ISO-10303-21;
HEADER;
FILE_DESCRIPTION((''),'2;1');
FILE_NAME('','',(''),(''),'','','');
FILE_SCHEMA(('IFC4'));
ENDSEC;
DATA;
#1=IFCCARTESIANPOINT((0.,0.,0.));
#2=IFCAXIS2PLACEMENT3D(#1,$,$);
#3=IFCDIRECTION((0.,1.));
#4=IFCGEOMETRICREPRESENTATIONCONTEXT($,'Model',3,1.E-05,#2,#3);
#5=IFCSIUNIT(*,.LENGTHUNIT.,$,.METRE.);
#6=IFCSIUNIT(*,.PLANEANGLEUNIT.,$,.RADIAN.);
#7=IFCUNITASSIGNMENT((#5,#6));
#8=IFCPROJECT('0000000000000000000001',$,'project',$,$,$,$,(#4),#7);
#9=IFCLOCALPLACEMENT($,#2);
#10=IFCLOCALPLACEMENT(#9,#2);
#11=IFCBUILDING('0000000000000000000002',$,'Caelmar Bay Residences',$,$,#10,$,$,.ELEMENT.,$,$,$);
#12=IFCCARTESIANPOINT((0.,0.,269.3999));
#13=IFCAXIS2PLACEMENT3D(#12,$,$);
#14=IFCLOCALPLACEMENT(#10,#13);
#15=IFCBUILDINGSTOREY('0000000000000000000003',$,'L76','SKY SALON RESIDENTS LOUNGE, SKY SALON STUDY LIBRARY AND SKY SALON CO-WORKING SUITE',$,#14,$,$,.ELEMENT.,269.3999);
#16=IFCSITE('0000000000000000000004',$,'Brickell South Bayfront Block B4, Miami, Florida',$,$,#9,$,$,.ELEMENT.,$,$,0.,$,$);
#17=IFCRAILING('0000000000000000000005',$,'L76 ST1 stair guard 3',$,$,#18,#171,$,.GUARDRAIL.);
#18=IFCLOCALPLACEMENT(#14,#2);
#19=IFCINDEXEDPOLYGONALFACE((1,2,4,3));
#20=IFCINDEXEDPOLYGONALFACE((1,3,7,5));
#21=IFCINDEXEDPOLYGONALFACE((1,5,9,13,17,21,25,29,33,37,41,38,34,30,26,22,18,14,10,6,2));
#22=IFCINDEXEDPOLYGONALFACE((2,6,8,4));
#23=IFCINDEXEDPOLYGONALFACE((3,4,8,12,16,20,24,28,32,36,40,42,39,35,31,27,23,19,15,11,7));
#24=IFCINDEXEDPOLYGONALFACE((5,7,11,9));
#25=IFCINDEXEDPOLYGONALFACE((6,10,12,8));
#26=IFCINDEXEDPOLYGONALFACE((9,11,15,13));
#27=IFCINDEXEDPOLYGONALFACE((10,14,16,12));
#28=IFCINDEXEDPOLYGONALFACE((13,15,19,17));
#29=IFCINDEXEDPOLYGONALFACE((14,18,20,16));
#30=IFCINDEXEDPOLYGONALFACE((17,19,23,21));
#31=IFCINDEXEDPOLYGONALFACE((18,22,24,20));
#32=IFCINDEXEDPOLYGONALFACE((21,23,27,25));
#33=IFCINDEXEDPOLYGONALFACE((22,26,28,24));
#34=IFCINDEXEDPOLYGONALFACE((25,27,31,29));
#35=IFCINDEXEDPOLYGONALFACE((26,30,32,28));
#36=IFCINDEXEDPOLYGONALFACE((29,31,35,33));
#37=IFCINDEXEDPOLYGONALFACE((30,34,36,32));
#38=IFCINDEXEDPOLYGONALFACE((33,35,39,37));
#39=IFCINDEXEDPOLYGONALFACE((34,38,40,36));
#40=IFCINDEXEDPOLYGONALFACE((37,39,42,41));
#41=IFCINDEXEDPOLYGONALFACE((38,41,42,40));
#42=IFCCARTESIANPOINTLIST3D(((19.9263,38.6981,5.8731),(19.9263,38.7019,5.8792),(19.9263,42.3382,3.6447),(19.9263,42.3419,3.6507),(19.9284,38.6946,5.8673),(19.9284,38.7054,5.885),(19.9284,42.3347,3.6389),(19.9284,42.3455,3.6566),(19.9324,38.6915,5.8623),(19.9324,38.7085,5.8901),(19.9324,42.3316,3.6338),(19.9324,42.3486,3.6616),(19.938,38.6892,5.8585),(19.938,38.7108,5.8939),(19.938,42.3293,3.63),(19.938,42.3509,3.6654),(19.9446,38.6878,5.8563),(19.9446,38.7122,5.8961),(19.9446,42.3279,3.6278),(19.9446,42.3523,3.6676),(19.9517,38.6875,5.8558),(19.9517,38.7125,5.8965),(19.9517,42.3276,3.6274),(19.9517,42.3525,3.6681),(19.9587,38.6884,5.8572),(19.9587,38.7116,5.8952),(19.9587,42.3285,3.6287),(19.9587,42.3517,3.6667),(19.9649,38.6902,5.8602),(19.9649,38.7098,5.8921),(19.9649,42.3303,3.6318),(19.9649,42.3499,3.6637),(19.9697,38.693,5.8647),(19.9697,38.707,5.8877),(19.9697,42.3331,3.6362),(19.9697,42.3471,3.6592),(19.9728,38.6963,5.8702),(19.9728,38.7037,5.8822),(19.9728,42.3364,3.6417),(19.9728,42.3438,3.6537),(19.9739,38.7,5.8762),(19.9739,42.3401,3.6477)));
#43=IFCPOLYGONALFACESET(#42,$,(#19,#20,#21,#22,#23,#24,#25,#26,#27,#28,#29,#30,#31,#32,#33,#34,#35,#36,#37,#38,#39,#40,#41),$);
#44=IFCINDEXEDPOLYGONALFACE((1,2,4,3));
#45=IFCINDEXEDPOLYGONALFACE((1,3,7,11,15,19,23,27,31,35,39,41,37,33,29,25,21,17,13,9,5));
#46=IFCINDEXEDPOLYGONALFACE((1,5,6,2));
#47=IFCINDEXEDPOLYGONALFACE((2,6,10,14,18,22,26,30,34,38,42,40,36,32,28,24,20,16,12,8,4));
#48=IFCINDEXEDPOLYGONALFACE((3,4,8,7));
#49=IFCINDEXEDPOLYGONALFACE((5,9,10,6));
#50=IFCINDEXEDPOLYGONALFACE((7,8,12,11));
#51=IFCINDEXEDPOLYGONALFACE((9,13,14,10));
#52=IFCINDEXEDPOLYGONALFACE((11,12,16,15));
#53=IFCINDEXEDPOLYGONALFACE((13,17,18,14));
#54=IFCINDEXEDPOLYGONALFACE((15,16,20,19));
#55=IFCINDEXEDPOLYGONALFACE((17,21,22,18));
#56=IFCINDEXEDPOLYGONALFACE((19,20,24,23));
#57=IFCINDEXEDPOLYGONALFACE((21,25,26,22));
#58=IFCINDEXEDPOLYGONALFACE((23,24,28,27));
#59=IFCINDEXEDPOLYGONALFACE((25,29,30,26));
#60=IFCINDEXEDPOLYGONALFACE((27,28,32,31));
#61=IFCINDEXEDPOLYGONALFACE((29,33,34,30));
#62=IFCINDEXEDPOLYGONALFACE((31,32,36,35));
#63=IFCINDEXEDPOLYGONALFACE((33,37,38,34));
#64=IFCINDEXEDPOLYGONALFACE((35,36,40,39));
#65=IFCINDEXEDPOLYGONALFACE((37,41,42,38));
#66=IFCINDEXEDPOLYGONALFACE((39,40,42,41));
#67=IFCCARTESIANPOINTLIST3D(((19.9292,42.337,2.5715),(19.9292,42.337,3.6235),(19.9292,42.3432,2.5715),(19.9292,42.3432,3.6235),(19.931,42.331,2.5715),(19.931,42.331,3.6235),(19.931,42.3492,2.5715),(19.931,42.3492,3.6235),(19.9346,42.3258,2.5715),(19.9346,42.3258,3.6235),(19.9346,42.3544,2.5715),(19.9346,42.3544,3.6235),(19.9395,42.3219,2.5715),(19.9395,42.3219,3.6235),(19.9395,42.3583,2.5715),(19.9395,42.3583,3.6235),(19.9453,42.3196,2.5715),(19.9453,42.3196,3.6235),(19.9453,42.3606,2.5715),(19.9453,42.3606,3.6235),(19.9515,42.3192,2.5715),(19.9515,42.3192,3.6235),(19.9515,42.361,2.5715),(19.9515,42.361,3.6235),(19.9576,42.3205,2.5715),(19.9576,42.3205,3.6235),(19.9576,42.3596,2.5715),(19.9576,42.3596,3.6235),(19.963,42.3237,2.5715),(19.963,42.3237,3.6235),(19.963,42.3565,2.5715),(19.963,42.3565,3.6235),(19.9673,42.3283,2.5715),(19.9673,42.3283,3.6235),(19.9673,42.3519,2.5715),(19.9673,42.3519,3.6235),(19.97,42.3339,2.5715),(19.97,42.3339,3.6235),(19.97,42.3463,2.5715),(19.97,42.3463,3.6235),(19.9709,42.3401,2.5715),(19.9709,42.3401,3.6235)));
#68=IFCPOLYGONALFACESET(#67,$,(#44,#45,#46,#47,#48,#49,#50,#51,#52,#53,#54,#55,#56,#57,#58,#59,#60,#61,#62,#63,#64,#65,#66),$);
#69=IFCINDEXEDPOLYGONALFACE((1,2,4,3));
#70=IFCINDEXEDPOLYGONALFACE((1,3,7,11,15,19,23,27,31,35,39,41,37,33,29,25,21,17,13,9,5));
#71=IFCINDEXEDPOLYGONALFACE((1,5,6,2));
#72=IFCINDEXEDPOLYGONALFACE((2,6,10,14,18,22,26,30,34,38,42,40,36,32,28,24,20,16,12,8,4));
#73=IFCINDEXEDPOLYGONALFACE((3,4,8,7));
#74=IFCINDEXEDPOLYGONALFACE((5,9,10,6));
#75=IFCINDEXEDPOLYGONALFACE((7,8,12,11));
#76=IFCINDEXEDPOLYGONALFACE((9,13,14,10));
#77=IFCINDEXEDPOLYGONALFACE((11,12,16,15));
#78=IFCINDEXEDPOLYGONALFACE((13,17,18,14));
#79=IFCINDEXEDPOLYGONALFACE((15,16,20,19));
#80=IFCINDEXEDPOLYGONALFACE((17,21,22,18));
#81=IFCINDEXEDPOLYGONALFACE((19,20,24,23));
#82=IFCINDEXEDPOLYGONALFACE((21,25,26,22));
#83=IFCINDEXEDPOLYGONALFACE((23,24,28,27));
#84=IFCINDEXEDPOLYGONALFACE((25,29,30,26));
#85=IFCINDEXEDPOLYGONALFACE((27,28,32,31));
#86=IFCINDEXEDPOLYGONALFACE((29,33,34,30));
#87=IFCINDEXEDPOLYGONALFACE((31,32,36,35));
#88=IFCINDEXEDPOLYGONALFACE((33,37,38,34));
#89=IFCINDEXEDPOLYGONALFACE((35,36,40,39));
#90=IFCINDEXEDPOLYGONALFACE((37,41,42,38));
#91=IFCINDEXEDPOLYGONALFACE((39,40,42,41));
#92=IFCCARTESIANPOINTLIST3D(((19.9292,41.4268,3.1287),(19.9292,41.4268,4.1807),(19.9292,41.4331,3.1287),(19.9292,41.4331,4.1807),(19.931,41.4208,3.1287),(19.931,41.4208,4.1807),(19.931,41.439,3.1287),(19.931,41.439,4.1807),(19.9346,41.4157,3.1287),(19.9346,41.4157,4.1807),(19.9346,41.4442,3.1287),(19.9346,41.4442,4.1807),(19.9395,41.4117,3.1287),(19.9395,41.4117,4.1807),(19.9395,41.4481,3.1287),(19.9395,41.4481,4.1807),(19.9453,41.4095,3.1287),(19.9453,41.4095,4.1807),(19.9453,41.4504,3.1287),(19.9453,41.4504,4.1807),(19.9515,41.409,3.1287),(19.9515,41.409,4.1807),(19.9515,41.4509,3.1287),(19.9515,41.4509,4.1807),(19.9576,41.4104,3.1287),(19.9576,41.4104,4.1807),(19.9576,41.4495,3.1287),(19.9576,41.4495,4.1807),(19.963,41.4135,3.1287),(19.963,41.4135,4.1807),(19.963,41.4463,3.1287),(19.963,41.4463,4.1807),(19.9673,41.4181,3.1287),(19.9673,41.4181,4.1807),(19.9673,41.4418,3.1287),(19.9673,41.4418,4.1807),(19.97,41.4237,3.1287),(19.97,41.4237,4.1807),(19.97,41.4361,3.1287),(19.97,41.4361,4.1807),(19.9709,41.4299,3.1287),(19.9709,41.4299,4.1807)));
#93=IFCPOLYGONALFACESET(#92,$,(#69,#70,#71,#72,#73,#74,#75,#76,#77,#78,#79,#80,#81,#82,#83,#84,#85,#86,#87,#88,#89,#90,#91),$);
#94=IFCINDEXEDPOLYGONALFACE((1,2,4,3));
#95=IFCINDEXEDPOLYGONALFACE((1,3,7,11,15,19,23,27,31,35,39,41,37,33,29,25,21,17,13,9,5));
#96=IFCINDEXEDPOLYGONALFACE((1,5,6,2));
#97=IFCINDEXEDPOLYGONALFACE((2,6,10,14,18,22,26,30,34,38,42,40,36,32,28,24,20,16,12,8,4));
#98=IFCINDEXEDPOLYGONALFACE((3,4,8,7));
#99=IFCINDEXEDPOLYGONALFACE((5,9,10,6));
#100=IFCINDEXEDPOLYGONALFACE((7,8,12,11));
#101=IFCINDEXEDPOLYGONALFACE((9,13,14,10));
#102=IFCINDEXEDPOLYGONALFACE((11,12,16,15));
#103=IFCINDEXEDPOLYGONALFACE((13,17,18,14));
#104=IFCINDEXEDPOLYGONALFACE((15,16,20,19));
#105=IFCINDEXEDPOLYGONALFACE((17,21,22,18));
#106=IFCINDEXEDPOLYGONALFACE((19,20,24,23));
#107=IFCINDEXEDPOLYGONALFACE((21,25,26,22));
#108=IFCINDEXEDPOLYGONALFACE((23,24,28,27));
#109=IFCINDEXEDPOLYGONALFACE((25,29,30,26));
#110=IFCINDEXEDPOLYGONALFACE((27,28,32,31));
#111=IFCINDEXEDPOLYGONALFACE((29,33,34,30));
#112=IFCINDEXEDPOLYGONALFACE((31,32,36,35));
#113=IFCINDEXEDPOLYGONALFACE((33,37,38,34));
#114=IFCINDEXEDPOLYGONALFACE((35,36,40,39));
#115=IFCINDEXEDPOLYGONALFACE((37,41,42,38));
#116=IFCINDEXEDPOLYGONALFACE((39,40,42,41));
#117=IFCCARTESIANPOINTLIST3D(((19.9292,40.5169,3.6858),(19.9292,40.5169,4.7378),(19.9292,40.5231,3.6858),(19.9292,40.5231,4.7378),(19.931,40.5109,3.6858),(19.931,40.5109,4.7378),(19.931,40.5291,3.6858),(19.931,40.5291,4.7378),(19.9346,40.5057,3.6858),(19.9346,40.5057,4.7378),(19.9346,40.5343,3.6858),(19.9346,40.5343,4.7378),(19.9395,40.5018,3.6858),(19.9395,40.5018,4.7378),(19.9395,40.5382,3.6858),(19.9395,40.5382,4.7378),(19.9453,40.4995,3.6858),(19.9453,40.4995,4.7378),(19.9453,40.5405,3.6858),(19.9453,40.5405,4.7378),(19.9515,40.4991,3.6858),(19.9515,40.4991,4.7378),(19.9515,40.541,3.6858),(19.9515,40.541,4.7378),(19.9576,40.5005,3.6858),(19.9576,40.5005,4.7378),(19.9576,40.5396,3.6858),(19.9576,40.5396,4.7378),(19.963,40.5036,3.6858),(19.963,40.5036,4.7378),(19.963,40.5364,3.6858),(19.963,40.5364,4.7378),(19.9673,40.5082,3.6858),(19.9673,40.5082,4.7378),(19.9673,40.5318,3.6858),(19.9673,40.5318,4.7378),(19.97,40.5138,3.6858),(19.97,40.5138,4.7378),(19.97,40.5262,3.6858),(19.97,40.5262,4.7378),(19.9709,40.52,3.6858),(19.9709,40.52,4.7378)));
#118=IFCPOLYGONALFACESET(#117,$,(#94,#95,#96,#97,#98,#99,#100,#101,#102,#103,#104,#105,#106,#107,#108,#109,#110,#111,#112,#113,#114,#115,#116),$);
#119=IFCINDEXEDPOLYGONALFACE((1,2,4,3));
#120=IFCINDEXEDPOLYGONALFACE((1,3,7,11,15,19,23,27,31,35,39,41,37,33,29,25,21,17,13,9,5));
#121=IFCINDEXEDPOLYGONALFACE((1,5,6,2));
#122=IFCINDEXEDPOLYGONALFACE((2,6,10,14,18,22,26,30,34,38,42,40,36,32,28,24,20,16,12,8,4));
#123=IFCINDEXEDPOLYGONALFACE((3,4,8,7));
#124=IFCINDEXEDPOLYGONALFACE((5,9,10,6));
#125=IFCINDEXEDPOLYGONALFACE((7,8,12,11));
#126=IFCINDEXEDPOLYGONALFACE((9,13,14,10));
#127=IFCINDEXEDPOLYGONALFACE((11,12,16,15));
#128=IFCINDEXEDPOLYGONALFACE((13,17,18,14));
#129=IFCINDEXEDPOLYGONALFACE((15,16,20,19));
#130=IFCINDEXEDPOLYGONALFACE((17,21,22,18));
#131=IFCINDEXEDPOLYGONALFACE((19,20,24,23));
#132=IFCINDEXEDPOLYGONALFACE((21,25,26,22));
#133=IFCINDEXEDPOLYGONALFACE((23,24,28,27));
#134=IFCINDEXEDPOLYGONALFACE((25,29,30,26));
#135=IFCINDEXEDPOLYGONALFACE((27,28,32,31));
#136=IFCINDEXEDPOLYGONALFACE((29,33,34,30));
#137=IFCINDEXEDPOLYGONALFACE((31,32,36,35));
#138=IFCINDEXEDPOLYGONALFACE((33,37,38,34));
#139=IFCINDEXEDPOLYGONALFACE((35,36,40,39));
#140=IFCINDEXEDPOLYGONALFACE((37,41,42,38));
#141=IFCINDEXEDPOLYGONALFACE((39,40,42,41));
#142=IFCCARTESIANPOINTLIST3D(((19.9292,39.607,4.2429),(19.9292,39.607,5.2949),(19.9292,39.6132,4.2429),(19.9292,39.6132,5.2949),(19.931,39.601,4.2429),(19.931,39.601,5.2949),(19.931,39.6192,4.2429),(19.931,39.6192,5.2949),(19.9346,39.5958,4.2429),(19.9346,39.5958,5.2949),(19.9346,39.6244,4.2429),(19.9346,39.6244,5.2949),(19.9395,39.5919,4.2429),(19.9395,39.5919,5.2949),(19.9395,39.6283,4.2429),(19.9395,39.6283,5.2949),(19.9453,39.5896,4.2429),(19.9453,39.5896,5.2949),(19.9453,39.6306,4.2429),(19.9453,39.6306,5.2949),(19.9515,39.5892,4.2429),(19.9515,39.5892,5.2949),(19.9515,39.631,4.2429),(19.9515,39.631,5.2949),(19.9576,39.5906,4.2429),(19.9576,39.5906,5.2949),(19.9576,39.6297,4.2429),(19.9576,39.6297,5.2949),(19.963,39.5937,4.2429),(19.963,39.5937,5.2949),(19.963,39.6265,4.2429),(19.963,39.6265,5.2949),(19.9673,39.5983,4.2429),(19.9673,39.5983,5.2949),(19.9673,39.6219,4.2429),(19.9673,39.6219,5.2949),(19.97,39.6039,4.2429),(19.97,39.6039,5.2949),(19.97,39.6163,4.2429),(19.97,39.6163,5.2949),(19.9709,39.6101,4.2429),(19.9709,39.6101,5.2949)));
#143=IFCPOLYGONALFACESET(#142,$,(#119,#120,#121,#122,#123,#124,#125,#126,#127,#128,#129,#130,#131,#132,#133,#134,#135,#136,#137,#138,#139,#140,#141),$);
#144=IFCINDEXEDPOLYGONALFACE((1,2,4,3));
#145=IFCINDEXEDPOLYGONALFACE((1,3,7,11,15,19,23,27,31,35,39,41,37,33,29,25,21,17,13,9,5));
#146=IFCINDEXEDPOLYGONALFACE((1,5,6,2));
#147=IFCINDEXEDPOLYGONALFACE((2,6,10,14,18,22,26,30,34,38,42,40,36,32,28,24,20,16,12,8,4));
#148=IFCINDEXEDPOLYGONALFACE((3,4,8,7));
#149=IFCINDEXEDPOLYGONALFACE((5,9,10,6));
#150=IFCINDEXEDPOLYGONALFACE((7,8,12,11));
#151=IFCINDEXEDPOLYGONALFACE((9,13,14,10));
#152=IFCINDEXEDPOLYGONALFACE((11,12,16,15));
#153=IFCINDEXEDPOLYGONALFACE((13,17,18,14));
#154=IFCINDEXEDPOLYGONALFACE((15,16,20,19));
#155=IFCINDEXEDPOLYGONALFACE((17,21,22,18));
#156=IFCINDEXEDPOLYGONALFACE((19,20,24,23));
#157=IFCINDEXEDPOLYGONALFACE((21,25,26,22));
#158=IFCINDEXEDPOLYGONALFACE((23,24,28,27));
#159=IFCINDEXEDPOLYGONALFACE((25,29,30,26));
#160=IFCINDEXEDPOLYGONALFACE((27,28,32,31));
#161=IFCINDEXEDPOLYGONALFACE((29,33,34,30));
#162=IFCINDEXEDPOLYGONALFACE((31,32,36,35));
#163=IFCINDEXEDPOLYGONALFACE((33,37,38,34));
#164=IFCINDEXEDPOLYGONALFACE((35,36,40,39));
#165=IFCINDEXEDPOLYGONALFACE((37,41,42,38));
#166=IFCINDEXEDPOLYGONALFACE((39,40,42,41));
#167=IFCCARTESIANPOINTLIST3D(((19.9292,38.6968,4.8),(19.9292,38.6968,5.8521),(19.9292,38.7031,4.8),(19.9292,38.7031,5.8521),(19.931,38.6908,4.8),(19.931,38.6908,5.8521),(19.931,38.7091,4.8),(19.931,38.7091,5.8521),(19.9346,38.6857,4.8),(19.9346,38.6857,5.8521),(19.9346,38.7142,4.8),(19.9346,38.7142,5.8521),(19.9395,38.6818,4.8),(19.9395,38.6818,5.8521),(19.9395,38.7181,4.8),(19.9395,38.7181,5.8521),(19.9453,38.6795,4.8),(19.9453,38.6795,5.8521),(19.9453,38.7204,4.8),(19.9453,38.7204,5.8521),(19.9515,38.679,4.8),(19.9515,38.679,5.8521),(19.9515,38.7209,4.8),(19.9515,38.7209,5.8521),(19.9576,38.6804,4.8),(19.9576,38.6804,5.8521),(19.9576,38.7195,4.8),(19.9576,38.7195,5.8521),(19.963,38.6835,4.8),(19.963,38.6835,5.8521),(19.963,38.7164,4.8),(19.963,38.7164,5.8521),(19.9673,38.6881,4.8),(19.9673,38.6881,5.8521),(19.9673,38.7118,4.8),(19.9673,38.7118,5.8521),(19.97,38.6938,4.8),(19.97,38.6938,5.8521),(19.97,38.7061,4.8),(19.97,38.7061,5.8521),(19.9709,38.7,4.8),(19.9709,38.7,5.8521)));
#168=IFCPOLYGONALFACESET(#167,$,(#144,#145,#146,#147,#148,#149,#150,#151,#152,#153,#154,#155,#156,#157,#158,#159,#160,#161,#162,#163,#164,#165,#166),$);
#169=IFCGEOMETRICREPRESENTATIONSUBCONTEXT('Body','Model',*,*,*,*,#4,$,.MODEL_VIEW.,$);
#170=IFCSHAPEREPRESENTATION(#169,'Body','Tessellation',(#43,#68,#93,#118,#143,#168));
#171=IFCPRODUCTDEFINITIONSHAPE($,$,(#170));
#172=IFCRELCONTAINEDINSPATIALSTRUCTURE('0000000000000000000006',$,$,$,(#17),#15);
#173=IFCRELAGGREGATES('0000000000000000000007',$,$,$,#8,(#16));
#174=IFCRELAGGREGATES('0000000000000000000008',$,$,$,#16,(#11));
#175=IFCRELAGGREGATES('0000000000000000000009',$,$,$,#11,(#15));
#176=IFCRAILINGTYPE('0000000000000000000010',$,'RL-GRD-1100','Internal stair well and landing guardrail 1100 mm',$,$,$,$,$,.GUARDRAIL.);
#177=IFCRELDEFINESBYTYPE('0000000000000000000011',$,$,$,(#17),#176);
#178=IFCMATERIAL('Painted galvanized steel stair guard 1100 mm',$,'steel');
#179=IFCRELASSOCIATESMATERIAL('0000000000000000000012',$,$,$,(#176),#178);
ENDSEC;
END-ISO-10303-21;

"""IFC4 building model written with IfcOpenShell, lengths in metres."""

from ifc_helpers import new_model, si_unit, direction, frame, origin, origin_2d, place, context, subcontext, project, spatial, circle, extrude, material, type_object, element, save


model = new_model("IFC4")

# Units and contexts
model_context = context("Model", 3, precision=1e-05, world=origin(), true_north=direction((0.0, 1.0)))
body_context = subcontext(model_context, "Body", "Model", "MODEL_VIEW")
ifc_project = project(units=[si_unit("LENGTHUNIT", "METRE"), si_unit("PLANEANGLEUNIT", "RADIAN")], contexts=[model_context])

# Site, building, storey
site_placement = place(None, origin())
site = spatial("IfcSite", under=ifc_project, at=site_placement, Name="Brickell South Bayfront Block B4, Miami, Florida", CompositionType="ELEMENT", RefElevation=0.0)
building_placement = place(site_placement, origin())
building = spatial("IfcBuilding", under=site, at=building_placement, Name="Caelmar Bay Residences", CompositionType="ELEMENT")
storey_placement = place(building_placement, frame((0.0, 0.0, 269.3999)))
storey = spatial("IfcBuildingStorey", under=building, at=storey_placement, Name="L76", Description="SKY SALON RESIDENTS LOUNGE, SKY SALON STUDY LIBRARY AND SKY SALON CO-WORKING SUITE", CompositionType="ELEMENT", Elevation=269.3999)

# Railing
ifc_material_1 = material(Name="Painted galvanized steel stair guard 1100 mm", Category="steel")
railing_type_1 = type_object("IfcRailingType", Name="RL-GRD-1100", Description="Internal stair well and landing guardrail 1100 mm", PredefinedType="GUARDRAIL", material=ifc_material_1)
railing_1_placement = place(storey_placement, frame((19.95, 42.3401, 2.5715)))
element("IfcRailing", 1, at=railing_1_placement, inside=storey, type_object=railing_type_1, Name="L76 ST1 stair guard 3", PredefinedType="GUARDRAIL", context=body_context, shape_type="SweptSolid", body=[
    extrude(circle(Radius=0.0239, at=origin_2d()), frame((0.0, 0.0, 1.0762), z_axis=(0.0, -0.852866, 0.52213), x_axis=(1.0, 0.0, 0.0)), (0.0, 0.0, 1.0), 4.2681),
    extrude(circle(Radius=0.021, at=origin_2d()), origin(), (0.0, 0.0, 1.0), 1.052),
    extrude(circle(Radius=0.021, at=origin_2d()), frame((0.0, -0.9102, 0.5571)), (0.0, 0.0, 1.0), 1.052),
    extrude(circle(Radius=0.021, at=origin_2d()), frame((0.0, -1.8201, 1.1143)), (0.0, 0.0, 1.0), 1.052),
    extrude(circle(Radius=0.021, at=origin_2d()), frame((0.0, -2.73, 1.6714)), (0.0, 0.0, 1.0), 1.052),
    extrude(circle(Radius=0.021, at=origin_2d()), frame((0.0, -3.6401, 2.2285)), (0.0, 0.0, 1.0), 1.052),
])

save(model, "model.ifc")
